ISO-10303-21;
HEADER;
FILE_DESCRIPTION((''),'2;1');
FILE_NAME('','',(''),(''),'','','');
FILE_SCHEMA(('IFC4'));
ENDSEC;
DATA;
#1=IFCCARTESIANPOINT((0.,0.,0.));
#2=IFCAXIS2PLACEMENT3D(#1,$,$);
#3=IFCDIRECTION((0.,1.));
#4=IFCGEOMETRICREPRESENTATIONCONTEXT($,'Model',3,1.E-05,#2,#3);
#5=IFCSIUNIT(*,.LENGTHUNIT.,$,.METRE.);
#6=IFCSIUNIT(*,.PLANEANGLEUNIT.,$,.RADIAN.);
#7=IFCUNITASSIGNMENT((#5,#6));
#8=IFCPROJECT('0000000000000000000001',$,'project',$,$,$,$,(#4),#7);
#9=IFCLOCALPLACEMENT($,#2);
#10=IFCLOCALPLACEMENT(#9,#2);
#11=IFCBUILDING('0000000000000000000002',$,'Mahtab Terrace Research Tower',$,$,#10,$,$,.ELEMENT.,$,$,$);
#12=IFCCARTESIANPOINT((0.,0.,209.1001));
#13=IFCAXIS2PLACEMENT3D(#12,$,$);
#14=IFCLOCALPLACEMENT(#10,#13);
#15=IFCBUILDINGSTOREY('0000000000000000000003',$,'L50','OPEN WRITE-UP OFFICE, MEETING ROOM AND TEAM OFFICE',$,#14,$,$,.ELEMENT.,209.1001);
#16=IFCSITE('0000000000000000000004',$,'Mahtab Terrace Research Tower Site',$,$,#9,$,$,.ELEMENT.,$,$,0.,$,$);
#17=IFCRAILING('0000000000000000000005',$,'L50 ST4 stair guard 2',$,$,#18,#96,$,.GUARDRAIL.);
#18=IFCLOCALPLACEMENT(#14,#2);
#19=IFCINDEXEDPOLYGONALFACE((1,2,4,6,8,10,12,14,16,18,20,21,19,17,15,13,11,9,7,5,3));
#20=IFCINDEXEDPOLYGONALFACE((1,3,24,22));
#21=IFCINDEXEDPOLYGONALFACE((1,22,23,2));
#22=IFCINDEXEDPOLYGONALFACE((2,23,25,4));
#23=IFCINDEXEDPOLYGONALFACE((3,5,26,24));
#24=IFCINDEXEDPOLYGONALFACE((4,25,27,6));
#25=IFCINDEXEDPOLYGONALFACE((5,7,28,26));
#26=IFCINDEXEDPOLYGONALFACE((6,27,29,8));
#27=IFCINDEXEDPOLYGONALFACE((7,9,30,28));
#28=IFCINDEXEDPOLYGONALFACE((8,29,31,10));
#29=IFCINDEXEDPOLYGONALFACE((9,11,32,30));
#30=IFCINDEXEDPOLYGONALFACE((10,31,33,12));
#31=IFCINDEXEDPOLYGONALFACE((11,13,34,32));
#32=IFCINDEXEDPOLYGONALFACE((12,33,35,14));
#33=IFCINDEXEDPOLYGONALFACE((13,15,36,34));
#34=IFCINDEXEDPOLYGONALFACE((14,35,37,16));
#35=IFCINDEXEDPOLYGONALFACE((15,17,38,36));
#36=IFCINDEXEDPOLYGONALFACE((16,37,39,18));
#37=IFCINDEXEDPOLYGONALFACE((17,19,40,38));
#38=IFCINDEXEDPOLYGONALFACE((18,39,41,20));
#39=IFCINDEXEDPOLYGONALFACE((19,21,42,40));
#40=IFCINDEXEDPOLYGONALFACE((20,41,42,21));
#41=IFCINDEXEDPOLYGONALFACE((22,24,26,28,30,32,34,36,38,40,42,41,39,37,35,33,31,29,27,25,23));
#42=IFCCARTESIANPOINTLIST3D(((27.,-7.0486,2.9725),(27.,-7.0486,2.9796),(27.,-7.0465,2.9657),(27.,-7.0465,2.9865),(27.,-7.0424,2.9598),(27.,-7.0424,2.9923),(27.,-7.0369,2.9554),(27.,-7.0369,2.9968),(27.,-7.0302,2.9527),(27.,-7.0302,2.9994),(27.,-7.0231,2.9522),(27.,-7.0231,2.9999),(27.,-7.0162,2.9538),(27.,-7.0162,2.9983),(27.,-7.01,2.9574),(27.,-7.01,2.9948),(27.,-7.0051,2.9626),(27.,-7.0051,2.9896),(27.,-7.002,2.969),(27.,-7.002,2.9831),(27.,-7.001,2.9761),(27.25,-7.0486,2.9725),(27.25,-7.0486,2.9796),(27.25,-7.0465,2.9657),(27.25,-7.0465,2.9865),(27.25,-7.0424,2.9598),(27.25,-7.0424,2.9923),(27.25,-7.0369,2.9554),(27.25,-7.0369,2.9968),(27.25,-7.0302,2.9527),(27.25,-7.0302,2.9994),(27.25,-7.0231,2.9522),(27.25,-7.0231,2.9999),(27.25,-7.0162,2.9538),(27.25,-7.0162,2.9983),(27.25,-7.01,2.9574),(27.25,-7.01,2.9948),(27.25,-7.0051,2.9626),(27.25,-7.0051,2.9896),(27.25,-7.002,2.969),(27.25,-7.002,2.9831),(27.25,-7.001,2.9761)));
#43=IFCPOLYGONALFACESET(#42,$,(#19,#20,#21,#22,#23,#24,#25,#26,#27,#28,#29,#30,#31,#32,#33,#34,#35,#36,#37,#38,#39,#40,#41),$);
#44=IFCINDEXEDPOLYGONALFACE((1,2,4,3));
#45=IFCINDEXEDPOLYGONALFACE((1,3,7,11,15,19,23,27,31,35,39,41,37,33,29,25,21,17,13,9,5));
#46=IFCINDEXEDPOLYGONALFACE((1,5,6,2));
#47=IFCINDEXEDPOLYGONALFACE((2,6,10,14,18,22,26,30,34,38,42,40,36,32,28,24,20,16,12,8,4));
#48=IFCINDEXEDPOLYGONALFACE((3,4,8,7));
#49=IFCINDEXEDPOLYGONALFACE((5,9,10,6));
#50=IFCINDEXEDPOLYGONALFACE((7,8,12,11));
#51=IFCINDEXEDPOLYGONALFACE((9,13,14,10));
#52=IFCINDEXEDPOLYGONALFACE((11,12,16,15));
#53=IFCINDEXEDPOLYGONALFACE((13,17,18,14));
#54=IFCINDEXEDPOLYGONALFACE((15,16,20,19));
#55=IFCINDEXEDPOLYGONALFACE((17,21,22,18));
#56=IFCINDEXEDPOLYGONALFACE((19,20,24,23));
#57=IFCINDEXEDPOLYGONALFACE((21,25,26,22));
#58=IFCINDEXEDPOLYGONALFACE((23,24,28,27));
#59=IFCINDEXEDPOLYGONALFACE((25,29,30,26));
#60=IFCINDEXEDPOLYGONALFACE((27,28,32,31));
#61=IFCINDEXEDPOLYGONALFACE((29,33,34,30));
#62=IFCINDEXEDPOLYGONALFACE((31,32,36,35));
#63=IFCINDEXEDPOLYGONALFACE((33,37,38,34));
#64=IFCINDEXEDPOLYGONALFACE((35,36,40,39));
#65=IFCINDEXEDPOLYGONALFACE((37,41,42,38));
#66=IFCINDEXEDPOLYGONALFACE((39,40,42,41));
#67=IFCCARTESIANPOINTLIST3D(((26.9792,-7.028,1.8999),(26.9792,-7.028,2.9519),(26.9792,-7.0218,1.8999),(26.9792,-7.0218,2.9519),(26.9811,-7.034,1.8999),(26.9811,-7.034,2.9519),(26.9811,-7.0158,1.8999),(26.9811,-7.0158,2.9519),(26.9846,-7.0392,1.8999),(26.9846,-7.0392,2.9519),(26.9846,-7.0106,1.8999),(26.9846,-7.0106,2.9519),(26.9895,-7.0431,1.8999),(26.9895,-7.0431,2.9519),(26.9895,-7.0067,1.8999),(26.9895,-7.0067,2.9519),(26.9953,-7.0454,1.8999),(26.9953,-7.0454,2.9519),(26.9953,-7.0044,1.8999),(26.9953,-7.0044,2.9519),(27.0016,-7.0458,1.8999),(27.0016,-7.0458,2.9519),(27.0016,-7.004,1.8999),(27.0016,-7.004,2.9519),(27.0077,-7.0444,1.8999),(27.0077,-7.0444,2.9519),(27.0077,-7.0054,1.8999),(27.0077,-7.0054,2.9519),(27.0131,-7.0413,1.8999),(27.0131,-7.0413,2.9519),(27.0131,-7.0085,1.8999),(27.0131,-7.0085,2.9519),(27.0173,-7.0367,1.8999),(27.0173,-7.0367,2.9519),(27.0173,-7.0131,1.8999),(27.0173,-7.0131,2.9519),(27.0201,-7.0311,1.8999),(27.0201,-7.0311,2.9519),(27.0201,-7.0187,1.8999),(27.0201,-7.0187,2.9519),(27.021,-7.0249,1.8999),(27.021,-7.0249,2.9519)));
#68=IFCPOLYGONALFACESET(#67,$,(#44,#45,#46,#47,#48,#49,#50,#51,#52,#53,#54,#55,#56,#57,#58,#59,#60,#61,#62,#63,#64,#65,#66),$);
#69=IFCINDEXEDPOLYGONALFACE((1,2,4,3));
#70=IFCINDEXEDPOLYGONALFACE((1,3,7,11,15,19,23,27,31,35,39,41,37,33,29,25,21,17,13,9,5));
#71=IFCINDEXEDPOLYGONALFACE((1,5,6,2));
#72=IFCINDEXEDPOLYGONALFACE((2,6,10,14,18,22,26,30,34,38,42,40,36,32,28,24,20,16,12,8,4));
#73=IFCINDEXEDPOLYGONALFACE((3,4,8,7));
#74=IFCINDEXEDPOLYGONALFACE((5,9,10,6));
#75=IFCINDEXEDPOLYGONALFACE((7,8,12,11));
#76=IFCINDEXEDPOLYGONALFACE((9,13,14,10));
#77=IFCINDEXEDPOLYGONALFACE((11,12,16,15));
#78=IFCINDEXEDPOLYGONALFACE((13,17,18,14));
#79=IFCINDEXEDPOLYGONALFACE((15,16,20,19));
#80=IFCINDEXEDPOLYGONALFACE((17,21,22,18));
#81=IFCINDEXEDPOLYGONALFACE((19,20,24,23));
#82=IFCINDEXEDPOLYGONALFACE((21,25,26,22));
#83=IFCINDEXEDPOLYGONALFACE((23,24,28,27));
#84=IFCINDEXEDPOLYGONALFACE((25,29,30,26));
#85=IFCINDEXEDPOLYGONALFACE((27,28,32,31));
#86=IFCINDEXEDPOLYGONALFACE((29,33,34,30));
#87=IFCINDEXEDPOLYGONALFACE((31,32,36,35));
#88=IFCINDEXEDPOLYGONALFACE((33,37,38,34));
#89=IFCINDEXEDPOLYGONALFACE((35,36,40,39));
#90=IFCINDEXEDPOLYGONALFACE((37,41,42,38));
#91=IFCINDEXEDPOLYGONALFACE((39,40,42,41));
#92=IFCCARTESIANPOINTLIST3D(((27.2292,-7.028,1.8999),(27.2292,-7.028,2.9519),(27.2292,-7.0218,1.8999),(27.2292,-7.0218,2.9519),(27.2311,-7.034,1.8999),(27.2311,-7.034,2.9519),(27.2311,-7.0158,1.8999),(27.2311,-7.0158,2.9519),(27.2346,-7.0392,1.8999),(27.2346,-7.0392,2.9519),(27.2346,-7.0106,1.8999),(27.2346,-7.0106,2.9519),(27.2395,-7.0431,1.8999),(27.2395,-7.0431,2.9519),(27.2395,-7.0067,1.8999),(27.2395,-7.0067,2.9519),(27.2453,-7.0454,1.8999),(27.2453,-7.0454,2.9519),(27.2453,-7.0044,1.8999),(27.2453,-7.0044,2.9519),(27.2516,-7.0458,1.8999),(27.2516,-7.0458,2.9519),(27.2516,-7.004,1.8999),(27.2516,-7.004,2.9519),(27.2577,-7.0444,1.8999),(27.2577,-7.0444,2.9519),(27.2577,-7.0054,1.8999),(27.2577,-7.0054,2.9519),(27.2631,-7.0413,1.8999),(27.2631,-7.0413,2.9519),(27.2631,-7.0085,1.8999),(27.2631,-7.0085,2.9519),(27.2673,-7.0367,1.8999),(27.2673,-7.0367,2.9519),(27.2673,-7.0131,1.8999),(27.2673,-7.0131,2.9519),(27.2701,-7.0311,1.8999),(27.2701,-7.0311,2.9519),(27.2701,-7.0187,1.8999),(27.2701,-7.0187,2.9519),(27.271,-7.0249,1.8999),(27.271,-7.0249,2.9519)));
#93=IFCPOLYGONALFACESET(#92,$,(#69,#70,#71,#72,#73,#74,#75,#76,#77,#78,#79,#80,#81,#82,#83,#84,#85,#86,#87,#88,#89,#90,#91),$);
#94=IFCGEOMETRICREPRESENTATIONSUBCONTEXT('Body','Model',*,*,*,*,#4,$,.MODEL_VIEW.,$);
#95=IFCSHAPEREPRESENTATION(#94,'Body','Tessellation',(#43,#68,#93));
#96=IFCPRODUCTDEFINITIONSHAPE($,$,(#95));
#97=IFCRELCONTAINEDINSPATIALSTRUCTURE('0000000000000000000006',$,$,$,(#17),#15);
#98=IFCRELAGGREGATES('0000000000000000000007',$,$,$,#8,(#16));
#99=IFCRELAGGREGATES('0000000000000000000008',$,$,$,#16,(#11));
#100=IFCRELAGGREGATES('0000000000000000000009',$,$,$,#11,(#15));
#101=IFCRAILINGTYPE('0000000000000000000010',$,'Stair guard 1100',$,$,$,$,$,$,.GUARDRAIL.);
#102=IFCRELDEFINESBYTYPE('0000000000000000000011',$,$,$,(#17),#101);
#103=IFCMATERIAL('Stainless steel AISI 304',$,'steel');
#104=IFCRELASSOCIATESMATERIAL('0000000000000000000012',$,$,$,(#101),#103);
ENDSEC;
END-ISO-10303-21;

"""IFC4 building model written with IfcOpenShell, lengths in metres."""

from ifc_helpers import new_model, si_unit, direction, frame, origin, origin_2d, place, context, subcontext, project, spatial, circle, extrude, material, type_object, element, save


model = new_model("IFC4")

# Units and contexts
model_context = context("Model", 3, precision=1e-05, world=origin(), true_north=direction((0.0, 1.0)))
body_context = subcontext(model_context, "Body", "Model", "MODEL_VIEW")
ifc_project = project(units=[si_unit("LENGTHUNIT", "METRE"), si_unit("PLANEANGLEUNIT", "RADIAN")], contexts=[model_context])

# Site, building, storey
site_placement = place(None, origin())
site = spatial("IfcSite", under=ifc_project, at=site_placement, Name="Mahtab Terrace Research Tower Site", CompositionType="ELEMENT", RefElevation=0.0)
building_placement = place(site_placement, origin())
building = spatial("IfcBuilding", under=site, at=building_placement, Name="Mahtab Terrace Research Tower", CompositionType="ELEMENT")
storey_placement = place(building_placement, frame((0.0, 0.0, 209.1001)))
storey = spatial("IfcBuildingStorey", under=building, at=storey_placement, Name="L50", Description="OPEN WRITE-UP OFFICE, MEETING ROOM AND TEAM OFFICE", CompositionType="ELEMENT", Elevation=209.1001)

# Railing
ifc_material_1 = material(Name="Stainless steel AISI 304", Category="steel")
railing_type_1 = type_object("IfcRailingType", Name="Stair guard 1100", PredefinedType="GUARDRAIL", material=ifc_material_1)
railing_1_placement = place(storey_placement, frame((27.0, -7.0249, 1.8999)))
element("IfcRailing", 1, at=railing_1_placement, inside=storey, type_object=railing_type_1, Name="L50 ST4 stair guard 2", PredefinedType="GUARDRAIL", context=body_context, shape_type="SweptSolid", body=[
    extrude(circle(Radius=0.0239, at=origin_2d()), frame((0.0, 0.0, 1.0762), z_axis=(1.0, 0.0, 0.0), x_axis=(0.0, 1.0, 0.0)), (0.0, 0.0, 1.0), 0.25),
    extrude(circle(Radius=0.021, at=origin_2d()), origin(), (0.0, 0.0, 1.0), 1.052),
    extrude(circle(Radius=0.021, at=origin_2d()), frame((0.25, 0.0, 0.0)), (0.0, 0.0, 1.0), 1.052),
])

save(model, "model.ifc")
